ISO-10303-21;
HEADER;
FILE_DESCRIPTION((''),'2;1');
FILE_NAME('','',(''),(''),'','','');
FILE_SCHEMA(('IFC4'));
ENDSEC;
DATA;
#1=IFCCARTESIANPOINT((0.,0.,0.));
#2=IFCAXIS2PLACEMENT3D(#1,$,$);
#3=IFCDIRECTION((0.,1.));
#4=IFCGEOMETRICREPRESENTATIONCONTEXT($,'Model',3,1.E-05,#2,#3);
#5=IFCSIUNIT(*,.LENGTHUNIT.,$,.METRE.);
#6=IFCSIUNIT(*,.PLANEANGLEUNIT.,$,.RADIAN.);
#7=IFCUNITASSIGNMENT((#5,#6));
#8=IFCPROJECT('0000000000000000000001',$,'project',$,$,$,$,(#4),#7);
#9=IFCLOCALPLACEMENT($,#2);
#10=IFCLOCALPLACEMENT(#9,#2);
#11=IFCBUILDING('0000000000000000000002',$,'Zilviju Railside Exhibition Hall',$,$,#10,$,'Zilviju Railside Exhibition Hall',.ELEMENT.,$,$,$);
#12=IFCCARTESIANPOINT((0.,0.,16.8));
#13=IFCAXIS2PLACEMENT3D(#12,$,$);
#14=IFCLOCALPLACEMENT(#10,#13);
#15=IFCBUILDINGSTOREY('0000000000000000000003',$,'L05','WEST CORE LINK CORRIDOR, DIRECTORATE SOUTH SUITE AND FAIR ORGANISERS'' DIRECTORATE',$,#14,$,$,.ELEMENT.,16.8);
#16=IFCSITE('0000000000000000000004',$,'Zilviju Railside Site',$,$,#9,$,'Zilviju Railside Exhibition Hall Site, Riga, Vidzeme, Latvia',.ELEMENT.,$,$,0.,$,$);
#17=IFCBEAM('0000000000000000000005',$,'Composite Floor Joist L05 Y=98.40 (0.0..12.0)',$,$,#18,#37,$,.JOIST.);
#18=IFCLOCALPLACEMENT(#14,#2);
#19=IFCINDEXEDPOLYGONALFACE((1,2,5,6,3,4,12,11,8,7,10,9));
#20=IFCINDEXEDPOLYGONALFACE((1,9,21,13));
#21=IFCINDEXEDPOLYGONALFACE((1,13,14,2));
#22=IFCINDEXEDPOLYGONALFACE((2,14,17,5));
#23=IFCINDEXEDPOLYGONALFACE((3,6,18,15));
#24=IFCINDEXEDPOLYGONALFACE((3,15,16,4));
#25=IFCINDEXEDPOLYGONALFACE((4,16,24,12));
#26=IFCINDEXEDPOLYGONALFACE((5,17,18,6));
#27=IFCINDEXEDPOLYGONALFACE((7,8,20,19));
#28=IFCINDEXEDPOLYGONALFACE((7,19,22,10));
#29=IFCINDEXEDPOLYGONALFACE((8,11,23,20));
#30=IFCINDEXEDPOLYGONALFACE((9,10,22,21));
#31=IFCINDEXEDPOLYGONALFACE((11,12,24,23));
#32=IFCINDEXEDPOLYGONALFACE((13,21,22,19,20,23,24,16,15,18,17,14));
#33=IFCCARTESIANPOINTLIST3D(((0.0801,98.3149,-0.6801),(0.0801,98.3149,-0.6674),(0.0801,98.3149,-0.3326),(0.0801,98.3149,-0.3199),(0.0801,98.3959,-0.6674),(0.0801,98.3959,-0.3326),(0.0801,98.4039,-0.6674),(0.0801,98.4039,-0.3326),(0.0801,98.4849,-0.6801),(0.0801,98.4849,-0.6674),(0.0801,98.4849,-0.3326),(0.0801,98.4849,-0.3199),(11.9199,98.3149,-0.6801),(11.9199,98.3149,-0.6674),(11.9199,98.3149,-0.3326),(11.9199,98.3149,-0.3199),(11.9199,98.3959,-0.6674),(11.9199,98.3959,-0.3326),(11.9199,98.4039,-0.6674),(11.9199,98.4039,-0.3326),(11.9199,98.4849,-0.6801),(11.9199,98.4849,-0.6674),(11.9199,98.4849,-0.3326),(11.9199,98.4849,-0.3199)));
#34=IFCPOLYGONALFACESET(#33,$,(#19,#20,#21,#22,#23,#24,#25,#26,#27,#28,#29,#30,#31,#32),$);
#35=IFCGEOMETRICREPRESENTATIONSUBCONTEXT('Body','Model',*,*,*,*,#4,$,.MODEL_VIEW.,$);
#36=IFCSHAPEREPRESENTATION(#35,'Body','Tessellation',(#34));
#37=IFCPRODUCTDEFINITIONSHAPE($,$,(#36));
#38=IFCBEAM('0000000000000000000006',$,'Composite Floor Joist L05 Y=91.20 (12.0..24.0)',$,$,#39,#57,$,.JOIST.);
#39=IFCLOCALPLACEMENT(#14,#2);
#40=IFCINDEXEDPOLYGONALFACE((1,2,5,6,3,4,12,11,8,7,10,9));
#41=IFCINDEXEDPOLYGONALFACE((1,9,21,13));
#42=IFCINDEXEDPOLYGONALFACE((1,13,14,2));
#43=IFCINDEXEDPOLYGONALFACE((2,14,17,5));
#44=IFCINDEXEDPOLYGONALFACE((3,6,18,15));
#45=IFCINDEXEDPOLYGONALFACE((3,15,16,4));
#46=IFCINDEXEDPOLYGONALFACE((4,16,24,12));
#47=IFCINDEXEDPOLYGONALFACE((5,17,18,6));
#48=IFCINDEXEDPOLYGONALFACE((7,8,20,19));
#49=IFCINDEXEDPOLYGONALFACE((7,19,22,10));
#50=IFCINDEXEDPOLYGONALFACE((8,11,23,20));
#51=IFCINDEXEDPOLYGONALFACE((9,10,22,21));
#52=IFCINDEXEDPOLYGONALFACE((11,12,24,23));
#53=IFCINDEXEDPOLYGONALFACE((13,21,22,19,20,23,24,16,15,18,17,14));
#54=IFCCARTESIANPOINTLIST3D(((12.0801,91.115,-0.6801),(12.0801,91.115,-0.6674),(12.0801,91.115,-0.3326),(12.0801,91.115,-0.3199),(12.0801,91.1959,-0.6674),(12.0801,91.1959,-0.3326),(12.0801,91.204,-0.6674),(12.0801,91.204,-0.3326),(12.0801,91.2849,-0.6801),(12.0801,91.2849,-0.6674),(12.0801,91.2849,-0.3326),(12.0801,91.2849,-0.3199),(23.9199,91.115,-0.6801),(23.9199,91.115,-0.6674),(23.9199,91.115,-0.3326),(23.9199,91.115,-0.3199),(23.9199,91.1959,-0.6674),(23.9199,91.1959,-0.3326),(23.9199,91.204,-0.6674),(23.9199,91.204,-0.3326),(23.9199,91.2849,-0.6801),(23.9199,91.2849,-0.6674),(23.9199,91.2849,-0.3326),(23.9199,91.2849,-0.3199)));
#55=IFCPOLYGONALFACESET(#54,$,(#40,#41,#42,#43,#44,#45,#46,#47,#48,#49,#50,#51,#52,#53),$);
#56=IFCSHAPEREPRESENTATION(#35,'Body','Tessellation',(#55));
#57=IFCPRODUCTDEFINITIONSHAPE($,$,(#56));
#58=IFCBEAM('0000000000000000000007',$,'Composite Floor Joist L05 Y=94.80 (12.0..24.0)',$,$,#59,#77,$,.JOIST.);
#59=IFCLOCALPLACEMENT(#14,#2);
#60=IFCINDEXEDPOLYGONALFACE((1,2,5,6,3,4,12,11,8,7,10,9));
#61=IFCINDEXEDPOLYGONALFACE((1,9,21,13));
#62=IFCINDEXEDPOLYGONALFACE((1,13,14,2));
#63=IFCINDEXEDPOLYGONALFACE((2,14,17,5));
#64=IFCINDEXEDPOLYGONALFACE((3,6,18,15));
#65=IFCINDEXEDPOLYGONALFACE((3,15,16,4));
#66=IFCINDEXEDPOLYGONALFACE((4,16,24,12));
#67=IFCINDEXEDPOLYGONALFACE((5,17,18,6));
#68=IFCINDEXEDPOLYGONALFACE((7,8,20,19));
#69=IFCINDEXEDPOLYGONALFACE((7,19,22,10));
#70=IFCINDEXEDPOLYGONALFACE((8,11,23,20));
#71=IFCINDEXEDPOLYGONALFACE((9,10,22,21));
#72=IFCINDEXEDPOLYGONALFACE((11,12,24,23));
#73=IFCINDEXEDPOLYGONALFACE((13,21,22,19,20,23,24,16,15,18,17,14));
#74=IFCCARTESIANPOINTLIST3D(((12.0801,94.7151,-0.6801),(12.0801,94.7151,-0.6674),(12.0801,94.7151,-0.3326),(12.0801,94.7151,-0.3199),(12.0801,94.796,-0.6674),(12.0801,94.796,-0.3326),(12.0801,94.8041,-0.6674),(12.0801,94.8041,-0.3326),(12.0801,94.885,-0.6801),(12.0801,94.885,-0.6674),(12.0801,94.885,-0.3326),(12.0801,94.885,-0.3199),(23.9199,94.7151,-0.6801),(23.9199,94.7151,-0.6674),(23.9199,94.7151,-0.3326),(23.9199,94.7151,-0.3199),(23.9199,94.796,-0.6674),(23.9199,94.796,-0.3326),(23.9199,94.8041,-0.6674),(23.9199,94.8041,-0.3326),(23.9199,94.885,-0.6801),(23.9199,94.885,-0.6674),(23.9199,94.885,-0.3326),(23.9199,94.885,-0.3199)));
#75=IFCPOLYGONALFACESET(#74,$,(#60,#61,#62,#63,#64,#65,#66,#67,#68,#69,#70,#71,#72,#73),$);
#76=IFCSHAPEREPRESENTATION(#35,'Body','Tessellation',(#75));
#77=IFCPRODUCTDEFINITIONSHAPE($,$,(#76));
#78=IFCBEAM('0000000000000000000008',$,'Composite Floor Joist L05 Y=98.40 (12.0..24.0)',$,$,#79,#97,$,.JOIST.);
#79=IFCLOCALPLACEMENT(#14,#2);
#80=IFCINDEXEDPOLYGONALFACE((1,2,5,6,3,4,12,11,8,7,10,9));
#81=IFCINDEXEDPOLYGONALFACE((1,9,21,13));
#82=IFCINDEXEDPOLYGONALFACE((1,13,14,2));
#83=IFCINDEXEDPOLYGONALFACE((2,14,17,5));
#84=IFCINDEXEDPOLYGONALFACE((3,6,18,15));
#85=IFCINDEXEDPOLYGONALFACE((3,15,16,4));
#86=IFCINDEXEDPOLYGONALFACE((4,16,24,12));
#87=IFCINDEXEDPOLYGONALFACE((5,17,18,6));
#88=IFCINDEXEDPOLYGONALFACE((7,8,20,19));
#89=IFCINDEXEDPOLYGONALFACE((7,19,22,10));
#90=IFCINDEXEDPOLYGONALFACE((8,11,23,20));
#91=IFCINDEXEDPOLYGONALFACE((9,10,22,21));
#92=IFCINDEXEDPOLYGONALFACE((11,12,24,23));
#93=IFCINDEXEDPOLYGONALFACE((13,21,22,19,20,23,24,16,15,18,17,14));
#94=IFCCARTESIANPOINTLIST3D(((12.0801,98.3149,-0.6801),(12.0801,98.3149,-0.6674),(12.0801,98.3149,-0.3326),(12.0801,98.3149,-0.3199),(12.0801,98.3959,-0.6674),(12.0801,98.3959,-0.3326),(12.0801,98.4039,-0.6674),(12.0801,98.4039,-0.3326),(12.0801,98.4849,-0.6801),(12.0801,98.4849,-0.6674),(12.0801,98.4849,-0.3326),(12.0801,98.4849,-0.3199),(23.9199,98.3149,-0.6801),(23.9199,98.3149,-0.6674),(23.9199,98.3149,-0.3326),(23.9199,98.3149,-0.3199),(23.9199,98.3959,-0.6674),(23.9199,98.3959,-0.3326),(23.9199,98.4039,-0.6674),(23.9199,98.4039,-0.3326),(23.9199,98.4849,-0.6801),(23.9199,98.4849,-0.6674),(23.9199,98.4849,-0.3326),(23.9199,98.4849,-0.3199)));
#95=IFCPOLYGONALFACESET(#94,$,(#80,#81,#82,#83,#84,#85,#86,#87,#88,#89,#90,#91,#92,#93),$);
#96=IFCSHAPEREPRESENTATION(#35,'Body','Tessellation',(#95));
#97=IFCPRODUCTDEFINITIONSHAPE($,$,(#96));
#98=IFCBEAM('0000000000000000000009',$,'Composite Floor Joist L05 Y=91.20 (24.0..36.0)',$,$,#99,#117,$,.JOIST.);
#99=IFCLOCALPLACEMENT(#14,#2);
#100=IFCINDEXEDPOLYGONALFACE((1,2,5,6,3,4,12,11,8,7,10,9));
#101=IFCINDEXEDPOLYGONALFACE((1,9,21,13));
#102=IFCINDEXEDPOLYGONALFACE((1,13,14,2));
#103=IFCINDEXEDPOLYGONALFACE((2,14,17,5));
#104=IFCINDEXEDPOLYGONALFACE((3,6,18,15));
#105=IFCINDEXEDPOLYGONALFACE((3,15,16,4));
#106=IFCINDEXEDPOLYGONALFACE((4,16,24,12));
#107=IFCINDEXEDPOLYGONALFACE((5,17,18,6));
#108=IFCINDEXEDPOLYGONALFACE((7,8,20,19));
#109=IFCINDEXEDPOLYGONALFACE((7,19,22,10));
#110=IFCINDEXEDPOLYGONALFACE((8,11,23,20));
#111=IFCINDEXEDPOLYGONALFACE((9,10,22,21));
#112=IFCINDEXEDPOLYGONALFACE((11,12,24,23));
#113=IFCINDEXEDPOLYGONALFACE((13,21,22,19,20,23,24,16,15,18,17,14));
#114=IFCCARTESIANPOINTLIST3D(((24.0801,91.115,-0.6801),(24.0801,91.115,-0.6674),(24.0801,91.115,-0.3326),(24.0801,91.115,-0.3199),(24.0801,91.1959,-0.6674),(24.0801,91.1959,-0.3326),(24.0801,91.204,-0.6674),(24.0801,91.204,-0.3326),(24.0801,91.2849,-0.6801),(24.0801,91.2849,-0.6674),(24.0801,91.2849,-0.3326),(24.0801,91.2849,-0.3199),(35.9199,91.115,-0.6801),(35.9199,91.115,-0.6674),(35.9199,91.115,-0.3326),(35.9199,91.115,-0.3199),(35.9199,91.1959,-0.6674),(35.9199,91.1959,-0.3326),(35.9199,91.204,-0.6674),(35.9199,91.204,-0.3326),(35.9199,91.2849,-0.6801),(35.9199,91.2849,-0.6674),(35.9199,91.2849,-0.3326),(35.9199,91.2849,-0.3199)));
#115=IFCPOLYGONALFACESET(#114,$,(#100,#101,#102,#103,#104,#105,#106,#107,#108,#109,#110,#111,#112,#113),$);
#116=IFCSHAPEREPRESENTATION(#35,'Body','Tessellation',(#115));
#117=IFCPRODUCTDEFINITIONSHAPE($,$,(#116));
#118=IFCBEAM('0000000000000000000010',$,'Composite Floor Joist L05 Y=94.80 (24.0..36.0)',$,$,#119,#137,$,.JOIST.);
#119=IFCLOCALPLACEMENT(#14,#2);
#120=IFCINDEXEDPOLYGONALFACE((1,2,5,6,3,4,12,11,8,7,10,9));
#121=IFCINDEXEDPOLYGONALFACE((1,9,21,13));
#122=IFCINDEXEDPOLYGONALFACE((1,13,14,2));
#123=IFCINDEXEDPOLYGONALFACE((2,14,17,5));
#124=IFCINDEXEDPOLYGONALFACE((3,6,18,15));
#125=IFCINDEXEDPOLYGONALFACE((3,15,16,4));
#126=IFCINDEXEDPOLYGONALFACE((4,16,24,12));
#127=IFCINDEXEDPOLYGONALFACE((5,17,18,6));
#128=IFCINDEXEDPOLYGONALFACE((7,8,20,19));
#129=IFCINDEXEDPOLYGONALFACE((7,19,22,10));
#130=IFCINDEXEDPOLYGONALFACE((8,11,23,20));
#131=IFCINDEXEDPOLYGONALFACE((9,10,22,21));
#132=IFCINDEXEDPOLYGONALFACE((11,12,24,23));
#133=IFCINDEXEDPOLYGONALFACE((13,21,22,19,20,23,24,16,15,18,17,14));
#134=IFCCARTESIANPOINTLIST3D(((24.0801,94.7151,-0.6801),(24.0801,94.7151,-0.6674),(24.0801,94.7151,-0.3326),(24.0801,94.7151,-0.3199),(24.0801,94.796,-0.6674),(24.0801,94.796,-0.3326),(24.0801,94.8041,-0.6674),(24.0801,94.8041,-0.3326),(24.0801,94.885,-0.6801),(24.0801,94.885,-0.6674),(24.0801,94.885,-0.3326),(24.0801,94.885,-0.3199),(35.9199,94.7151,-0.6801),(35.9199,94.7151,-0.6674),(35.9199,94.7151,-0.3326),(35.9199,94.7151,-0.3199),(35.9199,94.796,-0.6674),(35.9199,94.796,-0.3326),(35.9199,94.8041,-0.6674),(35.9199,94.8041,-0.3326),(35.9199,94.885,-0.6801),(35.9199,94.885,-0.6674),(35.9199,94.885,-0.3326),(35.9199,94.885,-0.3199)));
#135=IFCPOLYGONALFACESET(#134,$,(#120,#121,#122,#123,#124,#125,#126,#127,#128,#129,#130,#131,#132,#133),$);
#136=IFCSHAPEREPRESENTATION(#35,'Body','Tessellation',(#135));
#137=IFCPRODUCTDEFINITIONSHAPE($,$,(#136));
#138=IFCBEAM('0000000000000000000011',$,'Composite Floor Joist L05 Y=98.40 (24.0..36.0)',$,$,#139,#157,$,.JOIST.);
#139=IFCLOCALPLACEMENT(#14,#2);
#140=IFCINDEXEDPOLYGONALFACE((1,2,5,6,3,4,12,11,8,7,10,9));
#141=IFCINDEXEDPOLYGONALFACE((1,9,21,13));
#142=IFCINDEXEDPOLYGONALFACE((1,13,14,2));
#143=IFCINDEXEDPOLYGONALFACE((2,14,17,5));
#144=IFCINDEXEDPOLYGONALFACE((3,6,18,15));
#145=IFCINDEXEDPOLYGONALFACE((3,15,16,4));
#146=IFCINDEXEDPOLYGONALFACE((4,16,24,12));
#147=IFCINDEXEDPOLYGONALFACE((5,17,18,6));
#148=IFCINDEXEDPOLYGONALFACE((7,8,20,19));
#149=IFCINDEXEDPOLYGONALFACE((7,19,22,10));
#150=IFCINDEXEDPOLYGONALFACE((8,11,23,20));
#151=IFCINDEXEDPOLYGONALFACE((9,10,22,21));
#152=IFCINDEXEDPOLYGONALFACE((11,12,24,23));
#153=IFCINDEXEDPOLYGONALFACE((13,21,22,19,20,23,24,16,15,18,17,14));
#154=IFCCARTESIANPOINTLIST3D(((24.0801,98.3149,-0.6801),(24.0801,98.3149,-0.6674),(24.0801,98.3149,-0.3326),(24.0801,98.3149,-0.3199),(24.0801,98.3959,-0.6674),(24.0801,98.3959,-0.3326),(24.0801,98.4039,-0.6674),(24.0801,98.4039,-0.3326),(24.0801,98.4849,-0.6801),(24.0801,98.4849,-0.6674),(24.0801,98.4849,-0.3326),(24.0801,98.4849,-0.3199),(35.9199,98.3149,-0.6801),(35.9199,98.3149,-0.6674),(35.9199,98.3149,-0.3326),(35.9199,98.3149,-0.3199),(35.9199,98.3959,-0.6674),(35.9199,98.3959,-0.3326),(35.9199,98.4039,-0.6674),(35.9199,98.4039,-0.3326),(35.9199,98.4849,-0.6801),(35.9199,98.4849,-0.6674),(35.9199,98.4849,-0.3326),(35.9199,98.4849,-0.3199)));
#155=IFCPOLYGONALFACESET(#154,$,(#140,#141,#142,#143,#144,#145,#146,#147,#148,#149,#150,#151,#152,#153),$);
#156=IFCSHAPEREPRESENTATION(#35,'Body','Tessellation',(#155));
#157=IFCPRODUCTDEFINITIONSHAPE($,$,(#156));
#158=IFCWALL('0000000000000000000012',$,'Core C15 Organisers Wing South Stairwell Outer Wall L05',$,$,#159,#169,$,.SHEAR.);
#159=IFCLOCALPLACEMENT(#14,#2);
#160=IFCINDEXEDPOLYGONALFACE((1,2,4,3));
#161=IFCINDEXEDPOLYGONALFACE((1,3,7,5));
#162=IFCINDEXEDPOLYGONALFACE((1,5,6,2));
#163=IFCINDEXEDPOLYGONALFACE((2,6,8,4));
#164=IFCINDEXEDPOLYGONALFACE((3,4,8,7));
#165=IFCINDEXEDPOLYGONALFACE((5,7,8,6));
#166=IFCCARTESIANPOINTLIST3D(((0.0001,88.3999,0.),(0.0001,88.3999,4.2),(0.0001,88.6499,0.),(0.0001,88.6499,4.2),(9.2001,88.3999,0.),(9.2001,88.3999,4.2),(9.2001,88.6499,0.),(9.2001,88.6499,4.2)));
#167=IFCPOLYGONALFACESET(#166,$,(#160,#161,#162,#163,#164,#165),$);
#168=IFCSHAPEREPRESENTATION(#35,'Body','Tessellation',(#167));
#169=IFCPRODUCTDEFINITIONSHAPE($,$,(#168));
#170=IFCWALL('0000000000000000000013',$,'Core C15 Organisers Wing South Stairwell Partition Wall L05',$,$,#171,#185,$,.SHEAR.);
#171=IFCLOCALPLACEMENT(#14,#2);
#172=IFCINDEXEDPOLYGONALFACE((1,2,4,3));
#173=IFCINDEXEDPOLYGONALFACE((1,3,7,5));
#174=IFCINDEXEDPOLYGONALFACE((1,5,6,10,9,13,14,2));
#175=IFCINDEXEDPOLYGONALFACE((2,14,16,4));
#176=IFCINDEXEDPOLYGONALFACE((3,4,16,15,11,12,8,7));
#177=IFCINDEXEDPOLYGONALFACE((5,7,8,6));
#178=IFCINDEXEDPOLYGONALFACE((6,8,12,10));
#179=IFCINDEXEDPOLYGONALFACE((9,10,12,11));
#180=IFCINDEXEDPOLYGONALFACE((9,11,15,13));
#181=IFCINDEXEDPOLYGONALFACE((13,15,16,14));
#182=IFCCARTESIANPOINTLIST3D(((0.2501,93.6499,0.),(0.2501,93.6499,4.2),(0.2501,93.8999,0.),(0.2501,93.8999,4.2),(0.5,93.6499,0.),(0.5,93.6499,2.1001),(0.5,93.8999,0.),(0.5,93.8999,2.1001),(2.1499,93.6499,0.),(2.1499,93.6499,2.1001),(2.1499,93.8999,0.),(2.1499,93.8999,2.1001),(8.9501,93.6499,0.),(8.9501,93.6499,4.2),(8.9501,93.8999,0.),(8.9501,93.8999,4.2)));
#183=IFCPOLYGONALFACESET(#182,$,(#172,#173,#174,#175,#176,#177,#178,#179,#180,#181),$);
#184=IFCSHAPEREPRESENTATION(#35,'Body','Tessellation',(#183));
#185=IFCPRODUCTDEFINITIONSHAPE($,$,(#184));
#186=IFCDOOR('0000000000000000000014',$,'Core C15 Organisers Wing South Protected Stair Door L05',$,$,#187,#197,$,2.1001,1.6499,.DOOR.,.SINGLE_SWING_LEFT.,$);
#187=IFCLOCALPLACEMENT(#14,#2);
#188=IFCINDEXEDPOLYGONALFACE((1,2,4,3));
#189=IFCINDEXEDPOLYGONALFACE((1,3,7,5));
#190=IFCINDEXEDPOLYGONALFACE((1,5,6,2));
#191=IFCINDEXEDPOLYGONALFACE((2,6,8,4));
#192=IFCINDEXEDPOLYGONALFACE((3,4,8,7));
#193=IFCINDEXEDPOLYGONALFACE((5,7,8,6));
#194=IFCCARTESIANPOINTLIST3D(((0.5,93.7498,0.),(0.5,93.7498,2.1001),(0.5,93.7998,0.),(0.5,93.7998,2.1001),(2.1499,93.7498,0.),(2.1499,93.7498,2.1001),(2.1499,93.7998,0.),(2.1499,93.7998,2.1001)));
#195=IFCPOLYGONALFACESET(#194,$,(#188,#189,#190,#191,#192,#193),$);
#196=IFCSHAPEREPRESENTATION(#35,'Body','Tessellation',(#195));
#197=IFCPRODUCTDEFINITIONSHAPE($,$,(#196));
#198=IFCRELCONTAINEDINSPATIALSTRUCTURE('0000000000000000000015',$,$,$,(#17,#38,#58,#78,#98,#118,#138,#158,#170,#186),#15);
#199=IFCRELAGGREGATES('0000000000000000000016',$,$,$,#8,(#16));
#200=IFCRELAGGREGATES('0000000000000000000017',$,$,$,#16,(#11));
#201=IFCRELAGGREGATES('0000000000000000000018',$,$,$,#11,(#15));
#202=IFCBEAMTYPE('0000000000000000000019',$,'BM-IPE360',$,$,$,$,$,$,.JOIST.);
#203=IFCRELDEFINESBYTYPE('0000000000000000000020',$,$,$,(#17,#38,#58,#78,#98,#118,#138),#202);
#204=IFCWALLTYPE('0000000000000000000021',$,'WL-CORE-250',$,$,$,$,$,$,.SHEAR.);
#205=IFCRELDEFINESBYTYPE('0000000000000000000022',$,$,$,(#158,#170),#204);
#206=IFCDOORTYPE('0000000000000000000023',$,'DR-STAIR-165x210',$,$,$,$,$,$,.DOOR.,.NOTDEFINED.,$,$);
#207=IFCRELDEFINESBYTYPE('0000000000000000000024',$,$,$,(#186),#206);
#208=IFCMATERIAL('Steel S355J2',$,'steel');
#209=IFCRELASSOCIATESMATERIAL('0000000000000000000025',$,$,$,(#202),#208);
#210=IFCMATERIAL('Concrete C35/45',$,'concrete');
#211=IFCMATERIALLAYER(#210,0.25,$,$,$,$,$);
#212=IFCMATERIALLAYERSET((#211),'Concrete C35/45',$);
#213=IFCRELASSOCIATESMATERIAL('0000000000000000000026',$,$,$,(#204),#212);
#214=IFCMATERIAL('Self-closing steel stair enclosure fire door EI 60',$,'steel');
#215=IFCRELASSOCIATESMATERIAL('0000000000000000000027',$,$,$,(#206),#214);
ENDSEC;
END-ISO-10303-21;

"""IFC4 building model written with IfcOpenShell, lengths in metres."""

from ifc_helpers import new_model, si_unit, direction, frame, frame_2d, origin, origin_2d, place, context, subcontext, project, spatial, rectangle, i_section, extrude, material, layer, layer_set, material_profile, profile_set, type_object, element, fill, save


model = new_model("IFC4")

# Units and contexts
model_context = context("Model", 3, precision=1e-05, world=origin(), true_north=direction((0.0, 1.0)))
body_context = subcontext(model_context, "Body", "Model", "MODEL_VIEW")
ifc_project = project(units=[si_unit("LENGTHUNIT", "METRE"), si_unit("PLANEANGLEUNIT", "RADIAN")], contexts=[model_context])

# Site, building, storey
site_placement = place(None, origin())
site = spatial("IfcSite", under=ifc_project, at=site_placement, Name="Zilviju Railside Site", LongName="Zilviju Railside Exhibition Hall Site, Riga, Vidzeme, Latvia", CompositionType="ELEMENT", RefElevation=0.0)
building_placement = place(site_placement, origin())
building = spatial("IfcBuilding", under=site, at=building_placement, Name="Zilviju Railside Exhibition Hall", LongName="Zilviju Railside Exhibition Hall", CompositionType="ELEMENT")
storey_placement = place(building_placement, frame((0.0, 0.0, 16.8)))
storey = spatial("IfcBuildingStorey", under=building, at=storey_placement, Name="L05", Description="WEST CORE LINK CORRIDOR, DIRECTORATE SOUTH SUITE AND FAIR ORGANISERS' DIRECTORATE", CompositionType="ELEMENT", Elevation=16.8)

# Shared definitions
ifc_material_1 = material(Name="Concrete C35/45", Category="concrete")

# Beams
ifc_material_2 = material(Name="Steel S355J2", Category="steel")
ifc_material_profile_1 = material_profile(ifc_material_2, i_section(OverallWidth=0.1699, OverallDepth=0.3601, WebThickness=0.0081, FlangeThickness=0.0127, at=origin_2d()), Name="IPE 360")
ifc_profile_set_1 = profile_set([ifc_material_profile_1], Name="Steel S355J2")
beam_type_1 = type_object("IfcBeamType", Name="BM-IPE360", PredefinedType="JOIST", material=ifc_profile_set_1)
for number, where, z_axis, x_axis, name in (
    (1, (0.0801, 98.3999, -0.5), (1.0, 0.0, 0.0), (0.0, 1.0, 0.0), "Composite Floor Joist L05 Y=98.40 (0.0..12.0)"),
    (2, (12.0801, 91.2, -0.5), (1.0, 0.0, 0.0), (0.0, 1.0, 0.0), "Composite Floor Joist L05 Y=91.20 (12.0..24.0)"),
    (3, (12.0801, 94.8, -0.5), (1.0, 0.0, 0.0), (0.0, 1.0, 0.0), "Composite Floor Joist L05 Y=94.80 (12.0..24.0)"),
    (4, (12.0801, 98.3999, -0.5), (1.0, 0.0, 0.0), (0.0, 1.0, 0.0), "Composite Floor Joist L05 Y=98.40 (12.0..24.0)"),
    (5, (24.0801, 91.2, -0.5), (1.0, 0.0, 0.0), (0.0, 1.0, 0.0), "Composite Floor Joist L05 Y=91.20 (24.0..36.0)"),
    (6, (24.0801, 94.8, -0.5), (1.0, 0.0, 0.0), (0.0, 1.0, 0.0), "Composite Floor Joist L05 Y=94.80 (24.0..36.0)"),
    (7, (24.0801, 98.3999, -0.5), (1.0, 0.0, 0.0), (0.0, 1.0, 0.0), "Composite Floor Joist L05 Y=98.40 (24.0..36.0)"),
):
    element("IfcBeam", number, at=place(storey_placement, frame(where, z_axis=z_axis, x_axis=x_axis)), inside=storey, type_object=beam_type_1, Name=name, PredefinedType="JOIST", context=body_context, shape_type="SweptSolid", body=[
        extrude(i_section(OverallWidth=0.1699, OverallDepth=0.3601, WebThickness=0.0081, FlangeThickness=0.0127, at=origin_2d()), origin(), (0.0, 0.0, 1.0), 11.8398),
    ])

# Wall
ifc_layer_1 = layer(ifc_material_1, 0.25)
ifc_layer_set_1 = layer_set([ifc_layer_1], Name="Concrete C35/45")
wall_type_1 = type_object("IfcWallType", Name="WL-CORE-250", PredefinedType="SHEAR", material=ifc_layer_set_1)
wall_1_placement = place(storey_placement, frame((0.0, 88.5249, 0.0), z_axis=(0.0, 0.0, 1.0), x_axis=(1.0, 0.0, 0.0)))
element("IfcWall", 8, at=wall_1_placement, inside=storey, type_object=wall_type_1, Name="Core C15 Organisers Wing South Stairwell Outer Wall L05", PredefinedType="SHEAR", context=body_context, shape_type="SweptSolid", body=[
    extrude(rectangle(XDim=9.2, YDim=0.25, at=frame_2d((4.6001, 0.0))), origin(), (0.0, 0.0, 1.0), 4.2),
])

# Wall, opening, door
wall_2_placement = place(storey_placement, frame((0.25, 93.7749, 0.0), z_axis=(0.0, 0.0, 1.0), x_axis=(1.0, 0.0, 0.0)))
wall_2 = element("IfcWall", 9, at=wall_2_placement, inside=storey, type_object=wall_type_1, Name="Core C15 Organisers Wing South Stairwell Partition Wall L05", PredefinedType="SHEAR", context=body_context, shape_type="SweptSolid", body=[
    extrude(rectangle(XDim=8.7, YDim=0.25, at=frame_2d((4.3501, 0.0))), origin(), (0.0, 0.0, 1.0), 4.2),
])
opening_1_placement = place(wall_2_placement, frame((0.25, 0.0, 0.0)))
opening_1 = element("IfcOpeningElement", 10, at=opening_1_placement, cuts=wall_2, PredefinedType="OPENING", context=body_context, shape_type="SweptSolid", body=[
    extrude(rectangle(XDim=1.6499, YDim=2.1001, at=frame_2d((0.825, 1.05))), frame((0.0, 0.135, 0.0), z_axis=(0.0, -1.0, 0.0), x_axis=(1.0, 0.0, 0.0)), (0.0, 0.0, 1.0), 0.27),
])
ifc_material_3 = material(Name="Self-closing steel stair enclosure fire door EI 60", Category="steel")
door_type_1 = type_object("IfcDoorType", Name="DR-STAIR-165x210", OperationType="NOTDEFINED", PredefinedType="DOOR", material=ifc_material_3)
door_1_placement = place(opening_1_placement, origin())
door_1 = element("IfcDoor", 11, at=door_1_placement, inside=storey, type_object=door_type_1, Name="Core C15 Organisers Wing South Protected Stair Door L05", OperationType="SINGLE_SWING_LEFT", OverallHeight=2.1001, OverallWidth=1.6499, PredefinedType="DOOR", context=body_context, shape_type="SweptSolid", body=[
    extrude(rectangle(XDim=1.6499, YDim=2.1001, at=frame_2d((0.825, 1.05))), frame((0.0, 0.0249, 0.0), z_axis=(0.0, -1.0, 0.0), x_axis=(1.0, 0.0, 0.0)), (0.0, 0.0, 1.0), 0.05),
])
fill(opening_1, door_1)

save(model, "model.ifc")
